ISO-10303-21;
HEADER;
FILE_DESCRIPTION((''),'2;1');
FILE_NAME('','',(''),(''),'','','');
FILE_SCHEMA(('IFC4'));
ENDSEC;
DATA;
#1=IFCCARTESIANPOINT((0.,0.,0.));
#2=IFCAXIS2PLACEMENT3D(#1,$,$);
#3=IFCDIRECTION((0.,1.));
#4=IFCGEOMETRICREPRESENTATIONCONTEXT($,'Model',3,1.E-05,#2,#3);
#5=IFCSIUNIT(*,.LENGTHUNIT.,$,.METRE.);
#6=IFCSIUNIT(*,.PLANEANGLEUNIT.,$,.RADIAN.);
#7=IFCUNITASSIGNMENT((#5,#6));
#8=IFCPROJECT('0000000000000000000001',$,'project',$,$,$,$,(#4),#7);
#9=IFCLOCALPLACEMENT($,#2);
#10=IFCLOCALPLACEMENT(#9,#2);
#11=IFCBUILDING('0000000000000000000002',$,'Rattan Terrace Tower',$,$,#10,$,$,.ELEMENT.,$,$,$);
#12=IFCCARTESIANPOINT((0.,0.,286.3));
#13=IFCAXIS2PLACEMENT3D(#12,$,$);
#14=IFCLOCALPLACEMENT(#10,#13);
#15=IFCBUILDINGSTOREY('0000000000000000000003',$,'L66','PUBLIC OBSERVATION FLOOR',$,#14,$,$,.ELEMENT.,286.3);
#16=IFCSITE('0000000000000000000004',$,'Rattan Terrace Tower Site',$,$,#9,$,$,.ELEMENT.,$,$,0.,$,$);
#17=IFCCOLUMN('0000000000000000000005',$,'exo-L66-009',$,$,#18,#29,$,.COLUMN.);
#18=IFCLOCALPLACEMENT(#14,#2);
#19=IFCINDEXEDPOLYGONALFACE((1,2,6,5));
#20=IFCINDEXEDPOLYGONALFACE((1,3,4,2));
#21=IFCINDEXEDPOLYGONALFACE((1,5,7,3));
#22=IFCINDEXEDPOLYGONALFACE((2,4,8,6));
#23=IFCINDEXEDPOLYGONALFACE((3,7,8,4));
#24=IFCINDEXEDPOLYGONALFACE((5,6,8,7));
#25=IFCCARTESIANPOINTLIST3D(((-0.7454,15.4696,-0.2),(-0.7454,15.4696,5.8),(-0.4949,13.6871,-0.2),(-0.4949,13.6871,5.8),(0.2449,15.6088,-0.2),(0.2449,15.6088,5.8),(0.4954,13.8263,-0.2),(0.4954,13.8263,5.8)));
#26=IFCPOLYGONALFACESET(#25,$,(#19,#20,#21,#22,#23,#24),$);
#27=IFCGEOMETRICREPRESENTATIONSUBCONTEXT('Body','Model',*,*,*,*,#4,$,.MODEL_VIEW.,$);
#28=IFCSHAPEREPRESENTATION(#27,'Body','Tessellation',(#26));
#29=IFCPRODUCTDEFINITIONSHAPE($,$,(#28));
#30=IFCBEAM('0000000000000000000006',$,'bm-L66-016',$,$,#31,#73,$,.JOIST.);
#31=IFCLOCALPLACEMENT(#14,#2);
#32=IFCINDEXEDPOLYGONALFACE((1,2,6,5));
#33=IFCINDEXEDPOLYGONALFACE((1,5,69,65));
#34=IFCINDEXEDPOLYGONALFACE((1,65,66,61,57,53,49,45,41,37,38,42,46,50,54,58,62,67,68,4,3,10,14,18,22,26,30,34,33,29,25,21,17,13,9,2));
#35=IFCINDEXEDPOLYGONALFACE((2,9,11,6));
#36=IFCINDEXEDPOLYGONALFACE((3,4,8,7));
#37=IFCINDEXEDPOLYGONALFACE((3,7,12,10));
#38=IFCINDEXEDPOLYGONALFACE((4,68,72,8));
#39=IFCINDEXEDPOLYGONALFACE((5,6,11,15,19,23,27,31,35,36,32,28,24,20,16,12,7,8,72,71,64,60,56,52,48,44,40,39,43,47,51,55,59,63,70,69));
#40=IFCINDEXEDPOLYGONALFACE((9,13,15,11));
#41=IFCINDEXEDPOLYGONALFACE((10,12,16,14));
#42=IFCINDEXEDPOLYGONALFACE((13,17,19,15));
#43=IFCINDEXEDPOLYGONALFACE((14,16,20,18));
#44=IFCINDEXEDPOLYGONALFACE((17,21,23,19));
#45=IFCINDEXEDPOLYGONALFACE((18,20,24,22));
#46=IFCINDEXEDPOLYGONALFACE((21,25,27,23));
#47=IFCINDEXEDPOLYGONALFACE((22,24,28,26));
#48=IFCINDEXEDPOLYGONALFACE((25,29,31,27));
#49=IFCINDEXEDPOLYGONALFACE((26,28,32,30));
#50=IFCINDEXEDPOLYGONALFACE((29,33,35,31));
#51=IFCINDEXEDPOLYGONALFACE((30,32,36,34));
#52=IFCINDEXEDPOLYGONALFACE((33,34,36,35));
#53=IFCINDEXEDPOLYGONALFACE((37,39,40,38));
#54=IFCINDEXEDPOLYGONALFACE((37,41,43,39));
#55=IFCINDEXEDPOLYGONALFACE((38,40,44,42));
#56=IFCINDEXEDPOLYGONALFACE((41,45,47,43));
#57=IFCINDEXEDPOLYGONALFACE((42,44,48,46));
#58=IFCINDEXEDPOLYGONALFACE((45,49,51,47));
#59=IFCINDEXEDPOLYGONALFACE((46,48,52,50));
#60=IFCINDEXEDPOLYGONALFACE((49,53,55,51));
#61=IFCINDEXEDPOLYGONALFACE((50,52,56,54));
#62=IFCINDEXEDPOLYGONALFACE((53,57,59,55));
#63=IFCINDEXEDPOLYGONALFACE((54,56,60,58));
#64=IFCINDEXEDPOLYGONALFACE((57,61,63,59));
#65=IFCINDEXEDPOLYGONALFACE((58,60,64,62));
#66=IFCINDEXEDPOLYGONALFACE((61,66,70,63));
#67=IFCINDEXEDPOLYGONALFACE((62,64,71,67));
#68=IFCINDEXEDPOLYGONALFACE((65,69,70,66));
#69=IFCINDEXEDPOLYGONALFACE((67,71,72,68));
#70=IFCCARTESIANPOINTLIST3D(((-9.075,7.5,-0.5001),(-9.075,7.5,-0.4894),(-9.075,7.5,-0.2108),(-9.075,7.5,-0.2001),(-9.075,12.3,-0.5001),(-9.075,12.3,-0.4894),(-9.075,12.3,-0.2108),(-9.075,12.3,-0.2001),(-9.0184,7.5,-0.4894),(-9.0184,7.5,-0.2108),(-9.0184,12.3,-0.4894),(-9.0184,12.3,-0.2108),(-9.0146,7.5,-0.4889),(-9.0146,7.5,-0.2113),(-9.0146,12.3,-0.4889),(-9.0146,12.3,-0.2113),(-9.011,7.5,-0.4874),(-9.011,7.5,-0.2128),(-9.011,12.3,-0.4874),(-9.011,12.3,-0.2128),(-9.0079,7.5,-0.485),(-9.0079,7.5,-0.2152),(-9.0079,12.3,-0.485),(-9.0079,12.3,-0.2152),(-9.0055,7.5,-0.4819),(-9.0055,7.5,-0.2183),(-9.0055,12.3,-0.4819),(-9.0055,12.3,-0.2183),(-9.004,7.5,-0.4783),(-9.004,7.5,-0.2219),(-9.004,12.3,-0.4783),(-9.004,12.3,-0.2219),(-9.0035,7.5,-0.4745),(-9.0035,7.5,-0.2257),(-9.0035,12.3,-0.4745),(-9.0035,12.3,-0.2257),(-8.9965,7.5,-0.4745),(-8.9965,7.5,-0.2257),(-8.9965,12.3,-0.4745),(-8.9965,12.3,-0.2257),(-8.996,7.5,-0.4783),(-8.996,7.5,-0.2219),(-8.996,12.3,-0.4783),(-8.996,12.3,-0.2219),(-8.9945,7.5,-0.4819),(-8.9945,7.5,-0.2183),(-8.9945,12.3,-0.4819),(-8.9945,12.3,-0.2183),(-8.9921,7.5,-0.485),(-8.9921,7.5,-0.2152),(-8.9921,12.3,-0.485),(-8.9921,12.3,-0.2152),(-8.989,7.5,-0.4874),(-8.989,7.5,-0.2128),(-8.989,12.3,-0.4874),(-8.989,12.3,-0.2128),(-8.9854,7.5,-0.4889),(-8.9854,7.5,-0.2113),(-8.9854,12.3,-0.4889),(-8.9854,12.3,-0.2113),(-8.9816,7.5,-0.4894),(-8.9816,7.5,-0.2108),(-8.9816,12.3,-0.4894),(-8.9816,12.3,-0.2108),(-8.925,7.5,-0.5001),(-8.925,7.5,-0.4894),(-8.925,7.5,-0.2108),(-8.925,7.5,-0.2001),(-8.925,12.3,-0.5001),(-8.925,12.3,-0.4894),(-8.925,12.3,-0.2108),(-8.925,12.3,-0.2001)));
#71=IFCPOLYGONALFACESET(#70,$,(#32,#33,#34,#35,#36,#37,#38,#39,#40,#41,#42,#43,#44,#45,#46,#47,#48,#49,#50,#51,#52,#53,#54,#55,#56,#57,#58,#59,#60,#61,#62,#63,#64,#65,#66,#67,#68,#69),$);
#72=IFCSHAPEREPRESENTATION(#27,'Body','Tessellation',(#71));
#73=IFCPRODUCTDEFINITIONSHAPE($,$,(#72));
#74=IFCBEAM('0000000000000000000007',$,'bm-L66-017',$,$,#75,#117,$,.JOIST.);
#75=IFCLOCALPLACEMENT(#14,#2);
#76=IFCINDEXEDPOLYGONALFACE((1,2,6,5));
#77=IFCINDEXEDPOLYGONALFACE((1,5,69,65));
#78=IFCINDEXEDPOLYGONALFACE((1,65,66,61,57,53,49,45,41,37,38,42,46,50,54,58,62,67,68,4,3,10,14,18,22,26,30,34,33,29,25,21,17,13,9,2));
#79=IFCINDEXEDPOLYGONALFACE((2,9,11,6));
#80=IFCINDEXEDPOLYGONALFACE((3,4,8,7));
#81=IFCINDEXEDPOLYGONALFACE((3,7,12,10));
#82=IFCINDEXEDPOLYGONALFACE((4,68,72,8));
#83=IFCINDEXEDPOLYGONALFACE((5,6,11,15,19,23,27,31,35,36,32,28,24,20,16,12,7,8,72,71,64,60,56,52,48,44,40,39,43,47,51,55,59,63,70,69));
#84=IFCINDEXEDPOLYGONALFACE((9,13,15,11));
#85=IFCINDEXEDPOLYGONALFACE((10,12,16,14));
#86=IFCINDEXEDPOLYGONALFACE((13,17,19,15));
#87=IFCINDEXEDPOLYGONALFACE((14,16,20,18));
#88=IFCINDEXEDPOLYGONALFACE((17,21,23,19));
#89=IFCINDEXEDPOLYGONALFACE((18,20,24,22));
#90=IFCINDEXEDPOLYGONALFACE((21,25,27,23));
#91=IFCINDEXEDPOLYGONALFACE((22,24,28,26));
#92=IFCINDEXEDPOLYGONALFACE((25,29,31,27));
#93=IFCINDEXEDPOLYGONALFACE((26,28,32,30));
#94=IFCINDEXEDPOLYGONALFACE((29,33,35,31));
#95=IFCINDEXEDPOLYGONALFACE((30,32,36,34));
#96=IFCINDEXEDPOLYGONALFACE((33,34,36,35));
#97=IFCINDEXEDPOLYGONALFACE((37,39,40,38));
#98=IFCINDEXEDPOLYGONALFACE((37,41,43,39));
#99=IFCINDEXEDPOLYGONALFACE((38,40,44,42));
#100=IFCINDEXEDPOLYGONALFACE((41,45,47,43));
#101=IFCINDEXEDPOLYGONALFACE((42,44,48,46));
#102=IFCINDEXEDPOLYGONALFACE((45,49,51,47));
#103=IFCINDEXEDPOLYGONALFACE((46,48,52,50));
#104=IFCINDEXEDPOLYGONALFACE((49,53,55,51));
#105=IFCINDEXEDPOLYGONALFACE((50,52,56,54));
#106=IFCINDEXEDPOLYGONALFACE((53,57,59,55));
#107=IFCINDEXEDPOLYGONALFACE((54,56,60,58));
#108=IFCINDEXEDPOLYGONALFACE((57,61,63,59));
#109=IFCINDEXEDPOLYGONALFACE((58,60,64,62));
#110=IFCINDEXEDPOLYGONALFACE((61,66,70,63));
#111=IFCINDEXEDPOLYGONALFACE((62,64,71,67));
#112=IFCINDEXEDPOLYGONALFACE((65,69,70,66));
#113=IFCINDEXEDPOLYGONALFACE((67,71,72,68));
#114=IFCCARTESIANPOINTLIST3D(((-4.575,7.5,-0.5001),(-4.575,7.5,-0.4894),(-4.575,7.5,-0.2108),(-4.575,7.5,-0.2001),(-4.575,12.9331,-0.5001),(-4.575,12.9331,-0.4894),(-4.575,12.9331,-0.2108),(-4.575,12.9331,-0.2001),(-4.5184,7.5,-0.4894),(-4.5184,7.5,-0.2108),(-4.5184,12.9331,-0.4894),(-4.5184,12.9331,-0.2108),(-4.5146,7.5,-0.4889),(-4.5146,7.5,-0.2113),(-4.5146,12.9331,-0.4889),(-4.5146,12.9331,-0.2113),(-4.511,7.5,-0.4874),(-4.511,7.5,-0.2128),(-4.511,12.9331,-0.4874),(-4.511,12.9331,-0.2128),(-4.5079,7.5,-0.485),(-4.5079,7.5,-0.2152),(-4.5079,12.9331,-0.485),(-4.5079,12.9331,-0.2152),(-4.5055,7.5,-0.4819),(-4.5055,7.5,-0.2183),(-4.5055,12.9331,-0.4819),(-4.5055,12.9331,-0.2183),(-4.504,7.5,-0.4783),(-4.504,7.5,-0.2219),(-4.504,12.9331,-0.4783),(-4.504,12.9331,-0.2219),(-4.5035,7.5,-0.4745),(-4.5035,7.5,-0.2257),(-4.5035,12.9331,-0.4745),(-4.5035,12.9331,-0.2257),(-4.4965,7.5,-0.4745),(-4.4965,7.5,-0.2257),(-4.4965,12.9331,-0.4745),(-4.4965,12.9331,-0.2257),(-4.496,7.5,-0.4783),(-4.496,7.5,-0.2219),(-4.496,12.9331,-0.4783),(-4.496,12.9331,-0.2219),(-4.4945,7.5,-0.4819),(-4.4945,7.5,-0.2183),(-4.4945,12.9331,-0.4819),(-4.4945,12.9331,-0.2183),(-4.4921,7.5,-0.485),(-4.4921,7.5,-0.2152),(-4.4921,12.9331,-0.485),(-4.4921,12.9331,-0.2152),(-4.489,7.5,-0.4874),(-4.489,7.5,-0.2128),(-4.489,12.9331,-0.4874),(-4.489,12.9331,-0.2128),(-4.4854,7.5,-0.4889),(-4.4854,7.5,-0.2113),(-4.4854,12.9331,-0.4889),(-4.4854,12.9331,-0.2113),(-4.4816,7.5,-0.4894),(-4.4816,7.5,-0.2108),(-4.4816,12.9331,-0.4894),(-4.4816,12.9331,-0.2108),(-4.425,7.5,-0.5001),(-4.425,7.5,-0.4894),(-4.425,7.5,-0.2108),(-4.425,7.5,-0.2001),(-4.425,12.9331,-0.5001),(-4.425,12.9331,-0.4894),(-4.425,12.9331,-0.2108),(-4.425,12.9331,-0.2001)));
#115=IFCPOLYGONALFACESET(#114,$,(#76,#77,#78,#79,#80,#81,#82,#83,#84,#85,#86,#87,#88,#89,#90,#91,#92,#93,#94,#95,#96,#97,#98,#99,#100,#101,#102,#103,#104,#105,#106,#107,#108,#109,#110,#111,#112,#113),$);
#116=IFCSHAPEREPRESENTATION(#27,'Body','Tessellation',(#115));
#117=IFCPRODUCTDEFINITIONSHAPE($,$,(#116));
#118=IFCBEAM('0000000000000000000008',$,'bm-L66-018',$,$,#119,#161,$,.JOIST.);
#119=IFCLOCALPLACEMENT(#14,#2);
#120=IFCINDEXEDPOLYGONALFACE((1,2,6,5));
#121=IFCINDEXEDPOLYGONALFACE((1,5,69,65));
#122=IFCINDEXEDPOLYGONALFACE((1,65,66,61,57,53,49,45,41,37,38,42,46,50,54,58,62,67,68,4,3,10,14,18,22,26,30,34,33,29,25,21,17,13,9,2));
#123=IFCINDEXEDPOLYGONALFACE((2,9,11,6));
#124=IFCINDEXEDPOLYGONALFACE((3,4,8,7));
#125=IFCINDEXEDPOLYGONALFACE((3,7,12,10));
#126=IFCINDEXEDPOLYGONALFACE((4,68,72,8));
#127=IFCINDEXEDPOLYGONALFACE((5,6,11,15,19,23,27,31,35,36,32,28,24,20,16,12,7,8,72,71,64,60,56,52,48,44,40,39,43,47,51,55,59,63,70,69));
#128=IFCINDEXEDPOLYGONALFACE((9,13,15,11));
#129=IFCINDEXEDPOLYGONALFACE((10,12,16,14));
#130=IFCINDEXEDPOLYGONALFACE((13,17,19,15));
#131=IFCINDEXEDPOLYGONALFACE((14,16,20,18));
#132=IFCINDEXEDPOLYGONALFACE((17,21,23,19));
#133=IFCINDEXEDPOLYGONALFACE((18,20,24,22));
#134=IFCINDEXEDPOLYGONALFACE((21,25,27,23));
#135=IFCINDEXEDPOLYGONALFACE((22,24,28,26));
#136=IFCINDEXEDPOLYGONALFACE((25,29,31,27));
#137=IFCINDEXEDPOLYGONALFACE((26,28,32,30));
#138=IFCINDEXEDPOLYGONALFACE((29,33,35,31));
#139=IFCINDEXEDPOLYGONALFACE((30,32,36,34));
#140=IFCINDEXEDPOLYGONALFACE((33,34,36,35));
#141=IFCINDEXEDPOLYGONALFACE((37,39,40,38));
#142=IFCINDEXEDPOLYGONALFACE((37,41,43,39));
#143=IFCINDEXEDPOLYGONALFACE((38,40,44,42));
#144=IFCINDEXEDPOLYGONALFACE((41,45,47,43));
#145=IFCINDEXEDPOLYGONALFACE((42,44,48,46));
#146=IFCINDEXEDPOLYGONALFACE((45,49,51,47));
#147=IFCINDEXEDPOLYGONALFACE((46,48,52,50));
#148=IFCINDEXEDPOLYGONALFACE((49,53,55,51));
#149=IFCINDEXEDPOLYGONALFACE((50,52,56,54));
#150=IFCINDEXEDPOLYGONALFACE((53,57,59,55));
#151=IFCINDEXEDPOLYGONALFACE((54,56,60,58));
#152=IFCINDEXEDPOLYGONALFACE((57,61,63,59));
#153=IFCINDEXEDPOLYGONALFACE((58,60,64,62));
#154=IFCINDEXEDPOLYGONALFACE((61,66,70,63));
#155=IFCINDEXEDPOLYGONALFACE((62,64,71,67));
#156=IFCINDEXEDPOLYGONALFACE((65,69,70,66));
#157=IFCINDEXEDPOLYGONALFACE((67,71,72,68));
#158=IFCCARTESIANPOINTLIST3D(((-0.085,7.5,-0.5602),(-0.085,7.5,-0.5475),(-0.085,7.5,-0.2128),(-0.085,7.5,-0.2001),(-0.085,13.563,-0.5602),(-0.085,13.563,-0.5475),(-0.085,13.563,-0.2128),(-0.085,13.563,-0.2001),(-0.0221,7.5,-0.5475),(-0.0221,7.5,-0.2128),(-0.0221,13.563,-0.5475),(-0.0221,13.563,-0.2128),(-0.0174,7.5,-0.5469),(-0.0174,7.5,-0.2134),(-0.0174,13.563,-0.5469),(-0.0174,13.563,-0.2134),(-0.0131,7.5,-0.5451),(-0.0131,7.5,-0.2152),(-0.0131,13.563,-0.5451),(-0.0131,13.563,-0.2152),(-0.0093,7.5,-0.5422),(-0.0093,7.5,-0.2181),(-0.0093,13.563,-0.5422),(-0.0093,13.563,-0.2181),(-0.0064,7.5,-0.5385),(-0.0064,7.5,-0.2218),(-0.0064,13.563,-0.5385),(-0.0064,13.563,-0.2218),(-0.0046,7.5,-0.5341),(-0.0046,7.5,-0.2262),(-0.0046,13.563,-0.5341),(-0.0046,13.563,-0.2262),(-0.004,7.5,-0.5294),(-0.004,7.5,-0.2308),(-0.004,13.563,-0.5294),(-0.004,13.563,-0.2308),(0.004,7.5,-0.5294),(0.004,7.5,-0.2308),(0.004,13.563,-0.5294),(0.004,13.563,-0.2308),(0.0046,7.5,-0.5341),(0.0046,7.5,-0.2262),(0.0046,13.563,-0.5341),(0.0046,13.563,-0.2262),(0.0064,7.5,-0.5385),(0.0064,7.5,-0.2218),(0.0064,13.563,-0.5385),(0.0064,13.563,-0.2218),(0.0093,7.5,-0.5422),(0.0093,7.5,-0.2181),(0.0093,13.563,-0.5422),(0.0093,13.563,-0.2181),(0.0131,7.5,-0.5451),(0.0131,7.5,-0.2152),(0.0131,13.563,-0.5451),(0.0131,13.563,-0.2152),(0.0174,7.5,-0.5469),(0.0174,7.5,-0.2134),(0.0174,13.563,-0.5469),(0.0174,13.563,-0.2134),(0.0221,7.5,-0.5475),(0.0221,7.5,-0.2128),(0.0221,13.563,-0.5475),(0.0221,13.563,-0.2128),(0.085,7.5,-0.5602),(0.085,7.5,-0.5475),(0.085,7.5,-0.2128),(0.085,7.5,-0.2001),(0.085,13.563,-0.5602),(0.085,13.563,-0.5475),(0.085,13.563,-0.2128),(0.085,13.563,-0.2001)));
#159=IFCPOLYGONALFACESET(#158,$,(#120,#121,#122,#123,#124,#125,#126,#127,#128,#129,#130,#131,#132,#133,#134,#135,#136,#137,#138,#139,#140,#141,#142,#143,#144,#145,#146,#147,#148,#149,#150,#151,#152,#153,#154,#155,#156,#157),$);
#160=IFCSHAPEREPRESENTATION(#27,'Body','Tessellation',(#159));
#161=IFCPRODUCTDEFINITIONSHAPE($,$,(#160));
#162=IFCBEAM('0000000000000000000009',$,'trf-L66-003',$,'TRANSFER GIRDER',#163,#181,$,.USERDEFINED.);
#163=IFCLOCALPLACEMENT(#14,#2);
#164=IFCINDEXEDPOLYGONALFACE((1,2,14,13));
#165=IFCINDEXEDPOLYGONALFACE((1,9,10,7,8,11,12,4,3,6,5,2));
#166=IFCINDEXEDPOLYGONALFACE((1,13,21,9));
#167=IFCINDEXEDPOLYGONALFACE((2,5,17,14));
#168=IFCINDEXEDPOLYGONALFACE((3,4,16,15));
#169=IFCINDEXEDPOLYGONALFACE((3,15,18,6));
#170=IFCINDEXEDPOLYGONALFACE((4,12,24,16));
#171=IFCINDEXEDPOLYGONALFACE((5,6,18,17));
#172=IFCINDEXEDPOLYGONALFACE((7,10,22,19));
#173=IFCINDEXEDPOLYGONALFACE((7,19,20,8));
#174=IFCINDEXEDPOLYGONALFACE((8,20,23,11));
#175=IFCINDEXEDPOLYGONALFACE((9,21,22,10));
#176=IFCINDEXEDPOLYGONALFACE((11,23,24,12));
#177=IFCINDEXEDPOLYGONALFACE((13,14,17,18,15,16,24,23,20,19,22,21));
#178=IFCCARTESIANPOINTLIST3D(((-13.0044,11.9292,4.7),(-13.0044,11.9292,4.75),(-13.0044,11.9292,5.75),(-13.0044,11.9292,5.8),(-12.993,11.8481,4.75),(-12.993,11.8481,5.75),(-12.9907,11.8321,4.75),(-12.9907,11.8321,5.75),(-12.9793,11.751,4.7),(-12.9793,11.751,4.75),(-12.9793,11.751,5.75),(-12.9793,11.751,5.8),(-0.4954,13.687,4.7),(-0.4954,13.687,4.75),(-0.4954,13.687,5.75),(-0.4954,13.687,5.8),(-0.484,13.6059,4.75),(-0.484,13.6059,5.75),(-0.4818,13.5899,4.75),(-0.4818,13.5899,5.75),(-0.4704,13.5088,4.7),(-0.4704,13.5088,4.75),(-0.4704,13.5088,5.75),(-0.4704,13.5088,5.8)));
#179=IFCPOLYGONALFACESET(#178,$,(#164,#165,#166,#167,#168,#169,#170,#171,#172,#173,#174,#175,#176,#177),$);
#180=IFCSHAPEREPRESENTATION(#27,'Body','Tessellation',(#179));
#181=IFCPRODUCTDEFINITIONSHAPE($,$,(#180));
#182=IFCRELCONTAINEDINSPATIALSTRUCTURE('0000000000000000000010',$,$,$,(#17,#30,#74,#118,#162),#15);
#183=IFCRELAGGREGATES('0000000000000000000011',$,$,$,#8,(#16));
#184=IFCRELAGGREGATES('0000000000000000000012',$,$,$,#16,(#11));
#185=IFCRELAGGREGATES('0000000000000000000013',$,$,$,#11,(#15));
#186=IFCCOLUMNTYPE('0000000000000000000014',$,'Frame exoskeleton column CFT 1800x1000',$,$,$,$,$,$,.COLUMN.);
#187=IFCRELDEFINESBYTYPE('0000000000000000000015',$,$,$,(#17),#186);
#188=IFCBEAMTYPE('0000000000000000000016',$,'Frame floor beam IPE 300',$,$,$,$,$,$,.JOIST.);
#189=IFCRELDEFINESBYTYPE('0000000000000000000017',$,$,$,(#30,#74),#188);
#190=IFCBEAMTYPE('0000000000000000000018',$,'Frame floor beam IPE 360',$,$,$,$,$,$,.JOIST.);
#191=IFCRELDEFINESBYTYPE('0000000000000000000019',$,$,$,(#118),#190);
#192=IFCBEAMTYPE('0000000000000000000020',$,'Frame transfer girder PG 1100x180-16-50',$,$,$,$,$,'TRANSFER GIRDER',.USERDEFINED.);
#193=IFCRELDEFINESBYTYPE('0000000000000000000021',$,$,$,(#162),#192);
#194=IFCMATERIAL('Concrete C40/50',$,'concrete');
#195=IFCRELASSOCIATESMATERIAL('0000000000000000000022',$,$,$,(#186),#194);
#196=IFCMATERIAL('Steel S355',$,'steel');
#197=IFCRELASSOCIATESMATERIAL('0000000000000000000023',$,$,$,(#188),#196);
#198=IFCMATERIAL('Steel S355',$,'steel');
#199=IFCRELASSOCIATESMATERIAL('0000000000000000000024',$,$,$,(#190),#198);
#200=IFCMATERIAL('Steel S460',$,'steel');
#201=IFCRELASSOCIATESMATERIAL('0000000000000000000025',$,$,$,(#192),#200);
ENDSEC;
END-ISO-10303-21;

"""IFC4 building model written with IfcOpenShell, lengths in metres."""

from ifc_helpers import new_model, si_unit, direction, frame, origin, origin_2d, place, context, subcontext, project, spatial, rectangle, i_section, extrude, material, material_profile, profile_set, type_object, element, save


model = new_model("IFC4")

# Units and contexts
model_context = context("Model", 3, precision=1e-05, world=origin(), true_north=direction((0.0, 1.0)))
body_context = subcontext(model_context, "Body", "Model", "MODEL_VIEW")
ifc_project = project(units=[si_unit("LENGTHUNIT", "METRE"), si_unit("PLANEANGLEUNIT", "RADIAN")], contexts=[model_context])

# Site, building, storey
site_placement = place(None, origin())
site = spatial("IfcSite", under=ifc_project, at=site_placement, Name="Rattan Terrace Tower Site", CompositionType="ELEMENT", RefElevation=0.0)
building_placement = place(site_placement, origin())
building = spatial("IfcBuilding", under=site, at=building_placement, Name="Rattan Terrace Tower", CompositionType="ELEMENT")
storey_placement = place(building_placement, frame((0.0, 0.0, 286.3)))
storey = spatial("IfcBuildingStorey", under=building, at=storey_placement, Name="L66", Description="PUBLIC OBSERVATION FLOOR", CompositionType="ELEMENT", Elevation=286.3)

# Column
ifc_material_1 = material(Name="Concrete C40/50", Category="concrete")
ifc_material_profile_1 = material_profile(ifc_material_1, rectangle(XDim=1.0, YDim=1.8, at=origin_2d()), Name="CFT 1800x1000")
ifc_profile_set_1 = profile_set([ifc_material_profile_1], Name="Concrete C40/50")
column_type = type_object("IfcColumnType", Name="Frame exoskeleton column CFT 1800x1000", PredefinedType="COLUMN", material=ifc_profile_set_1)
column_placement = place(storey_placement, frame((-0.125, 14.6479, -0.2), z_axis=(0.0, 0.0, 1.0), x_axis=(0.990266, 0.13919, 0.0)))
element("IfcColumn", 1, at=column_placement, inside=storey, type_object=column_type, Name="exo-L66-009", PredefinedType="COLUMN", context=body_context, shape_type="SweptSolid", body=[
    extrude(rectangle(XDim=1.0, YDim=1.8, at=origin_2d()), origin(), (0.0, 0.0, 1.0), 6.0),
])

# Beams
ifc_material_2 = material(Name="Steel S355", Category="steel")
ifc_material_profile_2 = material_profile(ifc_material_2, i_section(OverallWidth=0.1499, OverallDepth=0.3, WebThickness=0.0071, FlangeThickness=0.0107, FilletRadius=0.0149, at=origin_2d()), Name="IPE 300")
ifc_profile_set_2 = profile_set([ifc_material_profile_2], Name="Steel S355")
beam_type_1 = type_object("IfcBeamType", Name="Frame floor beam IPE 300", PredefinedType="JOIST", material=ifc_profile_set_2)
beam_1_placement = place(storey_placement, frame((-9.0, 7.5, -0.3501), z_axis=(0.0, 1.0, 0.0), x_axis=(-1.0, 0.0, 0.0)))
element("IfcBeam", 2, at=beam_1_placement, inside=storey, type_object=beam_type_1, Name="bm-L66-016", PredefinedType="JOIST", context=body_context, shape_type="SweptSolid", body=[
    extrude(i_section(OverallWidth=0.1499, OverallDepth=0.3, WebThickness=0.0071, FlangeThickness=0.0107, FilletRadius=0.0149, at=origin_2d()), origin(), (0.0, 0.0, 1.0), 4.8),
])
beam_2_placement = place(storey_placement, frame((-4.5, 7.5, -0.3501), z_axis=(0.0, 1.0, 0.0), x_axis=(-1.0, 0.0, 0.0)))
element("IfcBeam", 3, at=beam_2_placement, inside=storey, type_object=beam_type_1, Name="bm-L66-017", PredefinedType="JOIST", context=body_context, shape_type="SweptSolid", body=[
    extrude(i_section(OverallWidth=0.1499, OverallDepth=0.3, WebThickness=0.0071, FlangeThickness=0.0107, FilletRadius=0.0149, at=origin_2d()), origin(), (0.0, 0.0, 1.0), 5.4331),
])
ifc_material_3 = material(Name="Steel S355", Category="steel")
ifc_material_profile_3 = material_profile(ifc_material_3, i_section(OverallWidth=0.1699, OverallDepth=0.3601, WebThickness=0.0081, FlangeThickness=0.0127, FilletRadius=0.0181, at=origin_2d()), Name="IPE 360")
ifc_profile_set_3 = profile_set([ifc_material_profile_3], Name="Steel S355")
beam_type_2 = type_object("IfcBeamType", Name="Frame floor beam IPE 360", PredefinedType="JOIST", material=ifc_profile_set_3)
beam_3_placement = place(storey_placement, frame((0.0, 7.5, -0.3801), z_axis=(0.0, 1.0, 0.0), x_axis=(-1.0, 0.0, 0.0)))
element("IfcBeam", 4, at=beam_3_placement, inside=storey, type_object=beam_type_2, Name="bm-L66-018", PredefinedType="JOIST", context=body_context, shape_type="SweptSolid", body=[
    extrude(i_section(OverallWidth=0.1699, OverallDepth=0.3601, WebThickness=0.0081, FlangeThickness=0.0127, FilletRadius=0.0181, at=origin_2d()), origin(), (0.0, 0.0, 1.0), 6.063),
])
ifc_material_4 = material(Name="Steel S460", Category="steel")
ifc_material_profile_4 = material_profile(ifc_material_4, i_section(OverallWidth=0.1799, OverallDepth=1.1001, WebThickness=0.0161, FlangeThickness=0.05, at=origin_2d()), Name="PG 1100x180-16-50")
ifc_profile_set_4 = profile_set([ifc_material_profile_4], Name="Steel S460")
beam_type_3 = type_object("IfcBeamType", Name="Frame transfer girder PG 1100x180-16-50", ElementType="TRANSFER GIRDER", PredefinedType="USERDEFINED", material=ifc_profile_set_4)
beam_4_placement = place(storey_placement, frame((-0.4829, 13.5979, 5.25), z_axis=(-0.99027, -0.139156, 0.0), x_axis=(0.139156, -0.99027, 0.0)))
element("IfcBeam", 5, at=beam_4_placement, inside=storey, type_object=beam_type_3, Name="trf-L66-003", ObjectType="TRANSFER GIRDER", PredefinedType="USERDEFINED", context=body_context, shape_type="SweptSolid", body=[
    extrude(i_section(OverallWidth=0.1799, OverallDepth=1.1001, WebThickness=0.0161, FlangeThickness=0.05, at=origin_2d()), origin(), (0.0, 0.0, 1.0), 12.6318),
])

save(model, "model.ifc")
